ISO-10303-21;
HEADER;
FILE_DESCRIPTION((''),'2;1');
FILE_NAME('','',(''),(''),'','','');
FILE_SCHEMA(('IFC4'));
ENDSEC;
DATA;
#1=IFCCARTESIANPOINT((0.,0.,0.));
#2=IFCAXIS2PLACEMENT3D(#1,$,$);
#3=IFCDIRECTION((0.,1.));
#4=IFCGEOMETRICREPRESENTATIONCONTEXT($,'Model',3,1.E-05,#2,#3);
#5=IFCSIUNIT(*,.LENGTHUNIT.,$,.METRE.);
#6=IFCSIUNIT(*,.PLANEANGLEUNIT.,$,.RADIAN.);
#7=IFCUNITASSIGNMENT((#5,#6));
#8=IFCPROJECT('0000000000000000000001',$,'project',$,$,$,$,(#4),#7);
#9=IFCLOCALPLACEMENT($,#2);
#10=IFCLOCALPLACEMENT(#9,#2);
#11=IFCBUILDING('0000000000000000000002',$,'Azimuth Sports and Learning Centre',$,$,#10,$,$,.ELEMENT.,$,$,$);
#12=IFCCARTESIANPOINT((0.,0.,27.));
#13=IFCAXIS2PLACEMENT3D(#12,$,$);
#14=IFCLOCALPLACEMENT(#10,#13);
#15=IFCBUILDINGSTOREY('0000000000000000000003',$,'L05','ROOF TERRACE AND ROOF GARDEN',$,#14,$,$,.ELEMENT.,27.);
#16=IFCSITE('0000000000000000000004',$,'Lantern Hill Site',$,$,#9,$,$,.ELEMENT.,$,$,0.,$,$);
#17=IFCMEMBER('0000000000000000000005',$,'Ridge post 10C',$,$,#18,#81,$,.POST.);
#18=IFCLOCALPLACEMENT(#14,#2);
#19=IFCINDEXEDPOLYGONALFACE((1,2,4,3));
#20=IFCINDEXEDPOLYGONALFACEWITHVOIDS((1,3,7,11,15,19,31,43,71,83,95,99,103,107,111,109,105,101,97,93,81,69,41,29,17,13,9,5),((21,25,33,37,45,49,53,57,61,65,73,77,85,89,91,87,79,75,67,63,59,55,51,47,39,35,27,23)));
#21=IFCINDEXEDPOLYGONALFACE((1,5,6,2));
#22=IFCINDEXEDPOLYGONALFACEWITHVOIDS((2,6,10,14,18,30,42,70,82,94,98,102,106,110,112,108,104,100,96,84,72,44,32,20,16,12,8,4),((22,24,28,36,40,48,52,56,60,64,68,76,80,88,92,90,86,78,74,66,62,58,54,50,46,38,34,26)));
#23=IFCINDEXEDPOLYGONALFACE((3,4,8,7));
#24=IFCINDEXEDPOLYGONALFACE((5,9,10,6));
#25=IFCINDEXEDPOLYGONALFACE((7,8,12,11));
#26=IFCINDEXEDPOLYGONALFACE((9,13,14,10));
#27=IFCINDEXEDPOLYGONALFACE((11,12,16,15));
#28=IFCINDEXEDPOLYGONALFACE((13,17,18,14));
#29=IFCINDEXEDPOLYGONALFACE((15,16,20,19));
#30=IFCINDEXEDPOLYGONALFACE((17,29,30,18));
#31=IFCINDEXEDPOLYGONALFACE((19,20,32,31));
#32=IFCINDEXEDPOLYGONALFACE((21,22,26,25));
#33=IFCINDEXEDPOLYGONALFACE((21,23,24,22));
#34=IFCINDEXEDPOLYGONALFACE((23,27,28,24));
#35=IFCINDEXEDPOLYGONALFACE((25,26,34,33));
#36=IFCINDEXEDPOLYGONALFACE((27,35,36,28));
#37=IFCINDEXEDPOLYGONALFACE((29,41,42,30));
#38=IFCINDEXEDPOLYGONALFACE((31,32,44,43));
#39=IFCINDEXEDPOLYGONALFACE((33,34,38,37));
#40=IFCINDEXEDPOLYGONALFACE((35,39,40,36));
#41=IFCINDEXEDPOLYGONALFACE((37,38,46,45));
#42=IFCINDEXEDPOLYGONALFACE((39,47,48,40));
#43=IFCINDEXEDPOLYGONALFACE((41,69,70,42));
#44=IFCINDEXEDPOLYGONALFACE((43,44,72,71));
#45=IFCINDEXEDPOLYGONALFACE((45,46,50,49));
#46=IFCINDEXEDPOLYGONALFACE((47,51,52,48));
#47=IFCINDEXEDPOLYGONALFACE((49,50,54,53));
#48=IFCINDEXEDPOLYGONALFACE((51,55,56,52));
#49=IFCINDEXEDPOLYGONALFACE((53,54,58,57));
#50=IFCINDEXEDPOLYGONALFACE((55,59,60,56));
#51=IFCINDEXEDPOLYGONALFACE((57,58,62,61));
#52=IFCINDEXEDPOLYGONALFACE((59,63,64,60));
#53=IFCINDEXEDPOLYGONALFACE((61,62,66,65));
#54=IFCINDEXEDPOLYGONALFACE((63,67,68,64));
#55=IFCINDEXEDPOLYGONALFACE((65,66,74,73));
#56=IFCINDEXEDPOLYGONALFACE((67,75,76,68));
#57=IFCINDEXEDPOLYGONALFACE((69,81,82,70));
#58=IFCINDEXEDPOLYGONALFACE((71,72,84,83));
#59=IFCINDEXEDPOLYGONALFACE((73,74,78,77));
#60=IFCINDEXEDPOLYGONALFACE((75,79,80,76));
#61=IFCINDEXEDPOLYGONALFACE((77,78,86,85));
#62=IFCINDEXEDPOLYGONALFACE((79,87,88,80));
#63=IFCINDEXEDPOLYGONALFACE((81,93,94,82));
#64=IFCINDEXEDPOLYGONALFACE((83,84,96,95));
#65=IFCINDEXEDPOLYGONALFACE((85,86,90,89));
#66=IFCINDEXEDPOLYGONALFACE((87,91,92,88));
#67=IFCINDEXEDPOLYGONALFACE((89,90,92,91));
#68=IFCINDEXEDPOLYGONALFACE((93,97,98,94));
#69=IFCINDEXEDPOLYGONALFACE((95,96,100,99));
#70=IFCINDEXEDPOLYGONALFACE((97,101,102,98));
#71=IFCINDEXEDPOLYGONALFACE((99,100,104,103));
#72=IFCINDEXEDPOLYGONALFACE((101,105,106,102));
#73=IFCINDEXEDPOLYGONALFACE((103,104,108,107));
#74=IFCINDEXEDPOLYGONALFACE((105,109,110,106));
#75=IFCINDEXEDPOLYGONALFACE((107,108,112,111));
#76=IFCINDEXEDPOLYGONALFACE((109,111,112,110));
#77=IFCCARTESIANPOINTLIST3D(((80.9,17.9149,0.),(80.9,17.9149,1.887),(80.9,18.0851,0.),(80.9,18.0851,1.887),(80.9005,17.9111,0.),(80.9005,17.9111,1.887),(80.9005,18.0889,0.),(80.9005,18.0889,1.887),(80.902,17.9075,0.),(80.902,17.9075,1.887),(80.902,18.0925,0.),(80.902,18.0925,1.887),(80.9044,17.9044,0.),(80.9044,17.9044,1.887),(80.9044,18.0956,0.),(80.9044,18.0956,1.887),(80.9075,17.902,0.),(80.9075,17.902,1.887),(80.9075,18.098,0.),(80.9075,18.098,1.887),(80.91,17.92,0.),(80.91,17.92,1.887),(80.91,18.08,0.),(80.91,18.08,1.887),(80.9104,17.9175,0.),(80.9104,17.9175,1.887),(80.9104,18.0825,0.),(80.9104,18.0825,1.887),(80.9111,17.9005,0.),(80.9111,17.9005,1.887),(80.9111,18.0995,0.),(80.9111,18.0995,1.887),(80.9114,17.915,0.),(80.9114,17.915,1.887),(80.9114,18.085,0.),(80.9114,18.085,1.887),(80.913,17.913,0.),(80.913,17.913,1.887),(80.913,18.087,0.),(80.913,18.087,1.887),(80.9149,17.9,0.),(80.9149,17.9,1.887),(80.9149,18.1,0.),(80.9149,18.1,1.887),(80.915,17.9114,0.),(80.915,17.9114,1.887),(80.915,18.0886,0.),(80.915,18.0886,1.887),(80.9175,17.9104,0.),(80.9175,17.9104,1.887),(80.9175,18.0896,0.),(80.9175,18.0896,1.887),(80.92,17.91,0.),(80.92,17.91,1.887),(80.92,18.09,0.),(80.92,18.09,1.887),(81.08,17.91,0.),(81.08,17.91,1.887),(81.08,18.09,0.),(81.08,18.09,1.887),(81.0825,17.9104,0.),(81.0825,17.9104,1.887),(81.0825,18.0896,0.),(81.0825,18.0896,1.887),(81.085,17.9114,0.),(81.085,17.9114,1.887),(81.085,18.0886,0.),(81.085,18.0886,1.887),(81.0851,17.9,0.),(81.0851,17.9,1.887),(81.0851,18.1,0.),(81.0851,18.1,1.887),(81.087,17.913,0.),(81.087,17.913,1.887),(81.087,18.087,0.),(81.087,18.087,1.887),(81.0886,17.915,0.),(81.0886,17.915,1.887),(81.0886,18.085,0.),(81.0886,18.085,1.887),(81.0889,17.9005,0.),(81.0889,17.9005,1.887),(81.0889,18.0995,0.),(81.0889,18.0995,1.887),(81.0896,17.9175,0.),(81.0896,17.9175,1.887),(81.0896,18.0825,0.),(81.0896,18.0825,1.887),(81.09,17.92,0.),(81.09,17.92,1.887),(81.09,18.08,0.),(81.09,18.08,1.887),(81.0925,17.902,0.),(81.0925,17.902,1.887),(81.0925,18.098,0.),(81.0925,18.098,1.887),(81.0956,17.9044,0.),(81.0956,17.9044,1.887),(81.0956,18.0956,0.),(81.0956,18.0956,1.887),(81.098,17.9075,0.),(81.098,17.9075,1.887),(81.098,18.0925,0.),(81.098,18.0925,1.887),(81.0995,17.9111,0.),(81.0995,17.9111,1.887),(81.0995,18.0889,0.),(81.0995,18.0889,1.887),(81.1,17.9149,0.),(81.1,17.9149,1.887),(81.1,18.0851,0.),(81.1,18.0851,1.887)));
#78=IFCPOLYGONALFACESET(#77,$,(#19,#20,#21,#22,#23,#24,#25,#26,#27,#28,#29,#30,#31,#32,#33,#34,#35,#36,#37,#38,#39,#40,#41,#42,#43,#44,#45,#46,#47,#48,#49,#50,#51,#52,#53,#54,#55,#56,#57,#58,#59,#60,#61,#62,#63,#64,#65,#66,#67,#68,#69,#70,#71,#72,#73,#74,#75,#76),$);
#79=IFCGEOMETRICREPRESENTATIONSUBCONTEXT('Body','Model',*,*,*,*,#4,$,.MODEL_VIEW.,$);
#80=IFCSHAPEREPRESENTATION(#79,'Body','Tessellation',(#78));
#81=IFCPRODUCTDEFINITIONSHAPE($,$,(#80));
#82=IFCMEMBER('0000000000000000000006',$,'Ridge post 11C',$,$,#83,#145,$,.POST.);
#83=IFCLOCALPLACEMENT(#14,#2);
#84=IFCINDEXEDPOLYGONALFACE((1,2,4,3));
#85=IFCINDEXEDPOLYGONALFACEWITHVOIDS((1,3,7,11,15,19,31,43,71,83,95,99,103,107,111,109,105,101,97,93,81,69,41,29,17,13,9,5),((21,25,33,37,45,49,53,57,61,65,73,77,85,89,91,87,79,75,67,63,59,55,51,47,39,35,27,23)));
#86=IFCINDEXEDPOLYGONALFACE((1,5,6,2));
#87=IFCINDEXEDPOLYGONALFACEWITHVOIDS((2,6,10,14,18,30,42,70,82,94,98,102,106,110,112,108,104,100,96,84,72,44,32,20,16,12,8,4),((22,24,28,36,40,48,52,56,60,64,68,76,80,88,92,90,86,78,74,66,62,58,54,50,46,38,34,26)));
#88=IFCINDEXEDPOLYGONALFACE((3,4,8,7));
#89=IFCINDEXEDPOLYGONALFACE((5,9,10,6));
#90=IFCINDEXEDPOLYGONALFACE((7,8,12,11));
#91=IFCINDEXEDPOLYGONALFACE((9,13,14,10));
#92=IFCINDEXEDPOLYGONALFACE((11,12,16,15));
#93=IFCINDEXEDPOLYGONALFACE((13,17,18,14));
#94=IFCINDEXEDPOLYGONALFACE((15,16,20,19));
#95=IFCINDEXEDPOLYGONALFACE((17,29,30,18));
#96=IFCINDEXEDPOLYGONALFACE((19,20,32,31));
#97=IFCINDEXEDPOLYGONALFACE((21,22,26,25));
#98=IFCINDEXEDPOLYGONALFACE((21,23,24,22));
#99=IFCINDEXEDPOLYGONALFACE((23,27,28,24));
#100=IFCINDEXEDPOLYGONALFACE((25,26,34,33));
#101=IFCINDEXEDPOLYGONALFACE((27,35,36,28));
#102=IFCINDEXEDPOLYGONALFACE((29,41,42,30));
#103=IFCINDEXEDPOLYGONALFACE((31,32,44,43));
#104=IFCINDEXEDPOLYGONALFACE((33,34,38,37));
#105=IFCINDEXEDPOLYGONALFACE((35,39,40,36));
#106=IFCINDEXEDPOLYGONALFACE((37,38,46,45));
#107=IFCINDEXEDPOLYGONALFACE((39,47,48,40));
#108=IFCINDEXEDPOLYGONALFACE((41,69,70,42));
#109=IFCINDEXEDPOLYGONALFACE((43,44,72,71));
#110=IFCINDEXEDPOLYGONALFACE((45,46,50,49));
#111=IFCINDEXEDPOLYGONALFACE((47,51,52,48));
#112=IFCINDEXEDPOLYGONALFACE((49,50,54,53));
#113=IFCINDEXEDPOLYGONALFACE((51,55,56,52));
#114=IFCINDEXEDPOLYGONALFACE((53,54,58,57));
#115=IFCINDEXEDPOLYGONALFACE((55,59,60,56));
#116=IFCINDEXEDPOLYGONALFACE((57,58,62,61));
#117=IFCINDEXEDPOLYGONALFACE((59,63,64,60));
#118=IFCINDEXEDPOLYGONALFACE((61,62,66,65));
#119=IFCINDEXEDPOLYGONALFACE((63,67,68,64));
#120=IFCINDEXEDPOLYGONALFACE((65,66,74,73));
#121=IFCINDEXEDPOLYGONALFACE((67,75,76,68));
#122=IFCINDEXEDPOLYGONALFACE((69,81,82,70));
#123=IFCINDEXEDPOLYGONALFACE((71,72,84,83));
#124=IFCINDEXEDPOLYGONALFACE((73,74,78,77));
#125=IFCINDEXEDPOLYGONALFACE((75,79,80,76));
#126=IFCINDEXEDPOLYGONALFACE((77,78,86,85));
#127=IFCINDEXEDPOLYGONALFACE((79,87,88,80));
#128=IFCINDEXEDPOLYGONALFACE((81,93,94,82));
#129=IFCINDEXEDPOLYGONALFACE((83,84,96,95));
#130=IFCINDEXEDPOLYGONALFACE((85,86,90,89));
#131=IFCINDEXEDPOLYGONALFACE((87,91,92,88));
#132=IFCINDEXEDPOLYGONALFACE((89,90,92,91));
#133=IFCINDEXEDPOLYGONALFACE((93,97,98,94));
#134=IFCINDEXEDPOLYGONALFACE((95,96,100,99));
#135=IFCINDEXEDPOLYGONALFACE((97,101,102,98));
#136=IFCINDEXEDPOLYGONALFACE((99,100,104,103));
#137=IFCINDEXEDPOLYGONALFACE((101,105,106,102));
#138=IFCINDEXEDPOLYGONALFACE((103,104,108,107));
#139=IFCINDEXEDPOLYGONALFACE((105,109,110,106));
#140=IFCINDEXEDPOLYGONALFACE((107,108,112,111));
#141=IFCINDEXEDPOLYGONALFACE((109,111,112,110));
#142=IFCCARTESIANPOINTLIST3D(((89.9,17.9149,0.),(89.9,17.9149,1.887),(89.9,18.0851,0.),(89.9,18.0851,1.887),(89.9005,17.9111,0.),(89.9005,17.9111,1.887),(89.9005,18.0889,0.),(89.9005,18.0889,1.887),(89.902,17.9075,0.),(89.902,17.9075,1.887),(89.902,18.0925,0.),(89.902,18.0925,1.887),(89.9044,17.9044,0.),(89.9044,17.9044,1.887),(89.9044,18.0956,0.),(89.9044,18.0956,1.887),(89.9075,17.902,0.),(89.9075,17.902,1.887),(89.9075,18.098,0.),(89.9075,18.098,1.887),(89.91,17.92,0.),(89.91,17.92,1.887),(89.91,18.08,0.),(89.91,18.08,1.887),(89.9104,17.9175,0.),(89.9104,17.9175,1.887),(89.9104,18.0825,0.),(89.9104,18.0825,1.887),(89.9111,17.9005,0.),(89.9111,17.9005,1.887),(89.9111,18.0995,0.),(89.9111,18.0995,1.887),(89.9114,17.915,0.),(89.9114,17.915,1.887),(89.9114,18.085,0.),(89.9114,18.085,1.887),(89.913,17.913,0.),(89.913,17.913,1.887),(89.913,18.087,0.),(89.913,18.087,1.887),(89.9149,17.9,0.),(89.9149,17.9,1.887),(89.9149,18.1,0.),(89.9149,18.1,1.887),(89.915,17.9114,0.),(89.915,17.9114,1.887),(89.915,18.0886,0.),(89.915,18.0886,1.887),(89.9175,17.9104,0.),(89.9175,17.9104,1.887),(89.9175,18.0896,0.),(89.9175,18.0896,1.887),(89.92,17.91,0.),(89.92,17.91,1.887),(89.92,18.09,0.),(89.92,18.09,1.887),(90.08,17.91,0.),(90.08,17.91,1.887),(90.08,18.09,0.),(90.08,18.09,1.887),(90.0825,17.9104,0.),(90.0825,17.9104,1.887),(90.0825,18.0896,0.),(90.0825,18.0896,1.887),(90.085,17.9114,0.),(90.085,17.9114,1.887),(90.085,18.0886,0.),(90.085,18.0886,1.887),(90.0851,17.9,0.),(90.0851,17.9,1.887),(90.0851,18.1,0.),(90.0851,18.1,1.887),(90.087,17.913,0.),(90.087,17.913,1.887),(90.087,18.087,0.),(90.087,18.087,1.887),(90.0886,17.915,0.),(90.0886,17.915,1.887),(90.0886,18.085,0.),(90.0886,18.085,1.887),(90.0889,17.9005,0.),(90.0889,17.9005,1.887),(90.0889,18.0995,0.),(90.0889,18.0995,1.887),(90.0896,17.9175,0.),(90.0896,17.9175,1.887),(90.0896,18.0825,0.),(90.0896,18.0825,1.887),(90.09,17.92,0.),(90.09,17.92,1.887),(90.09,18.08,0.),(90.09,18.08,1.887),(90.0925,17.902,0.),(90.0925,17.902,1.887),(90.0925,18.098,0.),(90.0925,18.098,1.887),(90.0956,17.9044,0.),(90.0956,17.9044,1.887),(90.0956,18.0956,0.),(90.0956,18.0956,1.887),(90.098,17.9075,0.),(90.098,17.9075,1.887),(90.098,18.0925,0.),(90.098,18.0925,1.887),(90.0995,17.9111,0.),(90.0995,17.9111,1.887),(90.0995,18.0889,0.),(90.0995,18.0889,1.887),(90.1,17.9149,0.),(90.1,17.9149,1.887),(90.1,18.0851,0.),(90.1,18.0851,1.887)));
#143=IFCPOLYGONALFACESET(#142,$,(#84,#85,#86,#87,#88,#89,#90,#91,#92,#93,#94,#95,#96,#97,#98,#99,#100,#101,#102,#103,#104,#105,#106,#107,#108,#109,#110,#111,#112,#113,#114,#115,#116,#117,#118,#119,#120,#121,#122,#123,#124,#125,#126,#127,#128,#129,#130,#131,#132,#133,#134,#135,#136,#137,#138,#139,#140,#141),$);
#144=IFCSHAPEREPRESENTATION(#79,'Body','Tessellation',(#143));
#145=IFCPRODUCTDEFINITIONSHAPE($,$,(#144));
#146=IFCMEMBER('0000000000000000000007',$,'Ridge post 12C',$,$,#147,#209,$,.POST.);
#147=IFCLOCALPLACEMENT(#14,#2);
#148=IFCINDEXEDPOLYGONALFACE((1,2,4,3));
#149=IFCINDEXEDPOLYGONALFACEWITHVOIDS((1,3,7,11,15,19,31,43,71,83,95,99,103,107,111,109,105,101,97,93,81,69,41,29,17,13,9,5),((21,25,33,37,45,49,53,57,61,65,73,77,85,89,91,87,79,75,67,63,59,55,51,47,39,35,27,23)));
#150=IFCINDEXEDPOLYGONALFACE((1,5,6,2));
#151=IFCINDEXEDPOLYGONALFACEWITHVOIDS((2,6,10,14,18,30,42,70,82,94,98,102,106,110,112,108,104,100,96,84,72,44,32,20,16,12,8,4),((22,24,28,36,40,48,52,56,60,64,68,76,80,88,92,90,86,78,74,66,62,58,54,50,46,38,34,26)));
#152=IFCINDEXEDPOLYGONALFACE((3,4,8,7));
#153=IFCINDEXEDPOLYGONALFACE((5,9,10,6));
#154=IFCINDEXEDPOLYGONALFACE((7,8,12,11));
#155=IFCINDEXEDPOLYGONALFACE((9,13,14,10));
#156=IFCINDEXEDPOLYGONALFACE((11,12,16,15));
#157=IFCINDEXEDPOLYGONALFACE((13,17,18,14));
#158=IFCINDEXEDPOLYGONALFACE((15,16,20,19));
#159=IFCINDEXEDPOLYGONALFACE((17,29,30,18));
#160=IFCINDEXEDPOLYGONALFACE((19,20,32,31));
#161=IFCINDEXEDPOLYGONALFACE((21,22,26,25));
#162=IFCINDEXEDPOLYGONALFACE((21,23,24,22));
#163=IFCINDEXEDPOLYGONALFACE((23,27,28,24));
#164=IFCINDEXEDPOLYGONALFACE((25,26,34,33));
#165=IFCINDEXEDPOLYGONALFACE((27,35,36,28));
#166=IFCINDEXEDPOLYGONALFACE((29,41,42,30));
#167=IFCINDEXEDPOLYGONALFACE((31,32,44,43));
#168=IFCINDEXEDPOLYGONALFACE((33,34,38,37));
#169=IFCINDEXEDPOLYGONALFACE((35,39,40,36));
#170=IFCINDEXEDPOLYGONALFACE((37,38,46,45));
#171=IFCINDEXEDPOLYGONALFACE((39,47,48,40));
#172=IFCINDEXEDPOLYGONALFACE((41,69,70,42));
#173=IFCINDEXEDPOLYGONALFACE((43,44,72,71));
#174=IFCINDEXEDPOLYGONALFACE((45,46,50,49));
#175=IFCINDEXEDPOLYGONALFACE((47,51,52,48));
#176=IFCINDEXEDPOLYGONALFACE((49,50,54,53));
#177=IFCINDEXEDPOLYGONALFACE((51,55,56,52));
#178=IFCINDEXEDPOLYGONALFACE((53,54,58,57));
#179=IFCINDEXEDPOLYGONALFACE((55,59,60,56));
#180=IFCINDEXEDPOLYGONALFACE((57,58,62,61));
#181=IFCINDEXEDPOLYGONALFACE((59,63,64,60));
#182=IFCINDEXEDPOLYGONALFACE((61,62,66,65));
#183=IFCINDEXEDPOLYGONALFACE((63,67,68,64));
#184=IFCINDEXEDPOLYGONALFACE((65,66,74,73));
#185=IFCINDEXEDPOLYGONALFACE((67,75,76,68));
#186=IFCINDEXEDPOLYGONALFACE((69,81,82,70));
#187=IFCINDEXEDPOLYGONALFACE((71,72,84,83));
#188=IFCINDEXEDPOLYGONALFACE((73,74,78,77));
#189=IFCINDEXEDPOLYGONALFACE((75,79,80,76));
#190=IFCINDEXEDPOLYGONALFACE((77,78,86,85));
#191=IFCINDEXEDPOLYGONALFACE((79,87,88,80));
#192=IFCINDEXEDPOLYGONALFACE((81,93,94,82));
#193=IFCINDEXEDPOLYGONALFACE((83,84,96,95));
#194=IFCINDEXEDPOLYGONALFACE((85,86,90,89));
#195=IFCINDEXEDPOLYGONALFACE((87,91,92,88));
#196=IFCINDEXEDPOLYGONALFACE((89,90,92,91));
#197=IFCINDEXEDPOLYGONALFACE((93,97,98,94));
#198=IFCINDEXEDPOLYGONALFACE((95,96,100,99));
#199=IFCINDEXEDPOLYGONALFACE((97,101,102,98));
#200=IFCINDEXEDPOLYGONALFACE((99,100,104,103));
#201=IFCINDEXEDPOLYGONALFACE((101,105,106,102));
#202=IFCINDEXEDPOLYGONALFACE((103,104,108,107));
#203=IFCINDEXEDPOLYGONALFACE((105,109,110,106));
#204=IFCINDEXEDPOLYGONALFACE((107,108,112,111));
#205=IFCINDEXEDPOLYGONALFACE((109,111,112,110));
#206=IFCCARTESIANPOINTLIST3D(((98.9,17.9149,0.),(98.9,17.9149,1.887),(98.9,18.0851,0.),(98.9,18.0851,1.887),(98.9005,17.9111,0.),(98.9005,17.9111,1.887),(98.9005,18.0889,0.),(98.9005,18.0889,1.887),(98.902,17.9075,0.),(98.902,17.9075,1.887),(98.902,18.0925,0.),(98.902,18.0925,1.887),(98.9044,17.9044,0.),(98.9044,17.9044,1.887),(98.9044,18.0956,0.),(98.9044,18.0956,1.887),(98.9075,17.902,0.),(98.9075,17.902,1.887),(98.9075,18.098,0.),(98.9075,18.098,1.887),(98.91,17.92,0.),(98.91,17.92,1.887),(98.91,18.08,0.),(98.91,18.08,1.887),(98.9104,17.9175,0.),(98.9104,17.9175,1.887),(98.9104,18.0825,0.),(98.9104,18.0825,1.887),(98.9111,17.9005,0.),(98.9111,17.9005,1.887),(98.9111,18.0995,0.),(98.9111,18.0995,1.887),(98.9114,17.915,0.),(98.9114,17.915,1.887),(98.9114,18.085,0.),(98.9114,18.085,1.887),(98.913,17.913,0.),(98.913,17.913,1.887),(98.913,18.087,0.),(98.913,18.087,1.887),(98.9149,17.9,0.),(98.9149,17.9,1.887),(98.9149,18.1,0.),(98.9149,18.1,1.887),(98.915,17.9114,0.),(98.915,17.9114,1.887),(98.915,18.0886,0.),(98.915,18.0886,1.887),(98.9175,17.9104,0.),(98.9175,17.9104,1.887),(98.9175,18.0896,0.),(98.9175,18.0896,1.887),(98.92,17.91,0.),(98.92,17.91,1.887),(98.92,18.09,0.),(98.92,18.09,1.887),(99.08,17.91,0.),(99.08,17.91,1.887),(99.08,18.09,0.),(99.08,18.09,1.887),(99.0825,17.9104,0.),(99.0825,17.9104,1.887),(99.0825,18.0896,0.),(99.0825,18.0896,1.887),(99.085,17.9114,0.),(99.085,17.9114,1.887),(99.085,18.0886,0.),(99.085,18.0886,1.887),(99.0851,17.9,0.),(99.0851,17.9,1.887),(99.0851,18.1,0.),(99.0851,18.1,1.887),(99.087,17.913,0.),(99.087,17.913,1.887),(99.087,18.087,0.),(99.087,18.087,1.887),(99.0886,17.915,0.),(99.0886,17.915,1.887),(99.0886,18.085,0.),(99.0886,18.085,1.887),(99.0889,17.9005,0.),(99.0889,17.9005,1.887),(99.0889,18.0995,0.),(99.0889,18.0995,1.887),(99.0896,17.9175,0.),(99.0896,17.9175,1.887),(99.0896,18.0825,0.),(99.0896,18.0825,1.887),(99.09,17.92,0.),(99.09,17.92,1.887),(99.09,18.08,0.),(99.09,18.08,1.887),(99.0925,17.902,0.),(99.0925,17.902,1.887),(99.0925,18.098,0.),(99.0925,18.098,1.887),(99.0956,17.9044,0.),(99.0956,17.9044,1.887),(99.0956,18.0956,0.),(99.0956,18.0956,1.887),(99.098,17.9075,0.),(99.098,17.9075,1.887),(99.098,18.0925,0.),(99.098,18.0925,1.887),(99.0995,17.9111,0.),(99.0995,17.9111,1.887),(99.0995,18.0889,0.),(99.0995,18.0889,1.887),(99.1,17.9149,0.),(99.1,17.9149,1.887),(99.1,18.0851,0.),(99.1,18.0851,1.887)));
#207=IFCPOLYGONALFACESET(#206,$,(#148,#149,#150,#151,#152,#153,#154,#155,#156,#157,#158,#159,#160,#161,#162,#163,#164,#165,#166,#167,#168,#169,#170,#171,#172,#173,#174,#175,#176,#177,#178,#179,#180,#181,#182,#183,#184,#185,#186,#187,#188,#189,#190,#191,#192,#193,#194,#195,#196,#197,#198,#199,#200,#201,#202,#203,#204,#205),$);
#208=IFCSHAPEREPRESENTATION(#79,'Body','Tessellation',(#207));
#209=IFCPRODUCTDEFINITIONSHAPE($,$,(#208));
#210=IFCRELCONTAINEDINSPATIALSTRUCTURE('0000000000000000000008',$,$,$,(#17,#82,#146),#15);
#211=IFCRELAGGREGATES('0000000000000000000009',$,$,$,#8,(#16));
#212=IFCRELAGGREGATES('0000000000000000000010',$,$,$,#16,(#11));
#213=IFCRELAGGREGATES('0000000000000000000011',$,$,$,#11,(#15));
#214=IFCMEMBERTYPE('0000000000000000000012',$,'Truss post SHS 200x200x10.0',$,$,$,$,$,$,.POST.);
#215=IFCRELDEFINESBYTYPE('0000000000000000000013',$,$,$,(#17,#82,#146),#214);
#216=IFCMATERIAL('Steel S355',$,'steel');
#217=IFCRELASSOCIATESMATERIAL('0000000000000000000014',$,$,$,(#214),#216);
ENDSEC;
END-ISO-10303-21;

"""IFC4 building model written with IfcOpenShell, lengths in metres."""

from ifc_helpers import new_model, si_unit, direction, frame, origin, origin_2d, place, context, subcontext, project, spatial, hollow_rectangle, extrude, material, material_profile, profile_set, type_object, element, save


model = new_model("IFC4")

# Units and contexts
model_context = context("Model", 3, precision=1e-05, world=origin(), true_north=direction((0.0, 1.0)))
body_context = subcontext(model_context, "Body", "Model", "MODEL_VIEW")
ifc_project = project(units=[si_unit("LENGTHUNIT", "METRE"), si_unit("PLANEANGLEUNIT", "RADIAN")], contexts=[model_context])

# Site, building, storey
site_placement = place(None, origin())
site = spatial("IfcSite", under=ifc_project, at=site_placement, Name="Lantern Hill Site", CompositionType="ELEMENT", RefElevation=0.0)
building_placement = place(site_placement, origin())
building = spatial("IfcBuilding", under=site, at=building_placement, Name="Azimuth Sports and Learning Centre", CompositionType="ELEMENT")
storey_placement = place(building_placement, frame((0.0, 0.0, 27.0)))
storey = spatial("IfcBuildingStorey", under=building, at=storey_placement, Name="L05", Description="ROOF TERRACE AND ROOF GARDEN", CompositionType="ELEMENT", Elevation=27.0)

# Members
ifc_material_1 = material(Name="Steel S355", Category="steel")
ifc_material_profile_1 = material_profile(ifc_material_1, hollow_rectangle(XDim=0.2, YDim=0.2, WallThickness=0.01, InnerFilletRadius=0.01, OuterFilletRadius=0.0149, at=origin_2d()), Name="SHS 200x200x10.0")
ifc_profile_set_1 = profile_set([ifc_material_profile_1], Name="Steel S355")
member_type_1 = type_object("IfcMemberType", Name="Truss post SHS 200x200x10.0", PredefinedType="POST", material=ifc_profile_set_1)
for number, where, z_axis, x_axis, name in (
    (1, (81.0, 18.0, 0.0), (0.0, 0.0, 1.0), (1.0, 0.0, 0.0), "Ridge post 10C"),
    (2, (90.0, 18.0, 0.0), (0.0, 0.0, 1.0), (1.0, 0.0, 0.0), "Ridge post 11C"),
    (3, (99.0, 18.0, 0.0), (0.0, 0.0, 1.0), (1.0, 0.0, 0.0), "Ridge post 12C"),
):
    element("IfcMember", number, at=place(storey_placement, frame(where, z_axis=z_axis, x_axis=x_axis)), inside=storey, type_object=member_type_1, Name=name, PredefinedType="POST", context=body_context, shape_type="SweptSolid", body=[
        extrude(hollow_rectangle(XDim=0.2, YDim=0.2, WallThickness=0.01, InnerFilletRadius=0.01, OuterFilletRadius=0.0149, at=origin_2d()), origin(), (0.0, 0.0, 1.0), 1.887),
    ])

save(model, "model.ifc")
